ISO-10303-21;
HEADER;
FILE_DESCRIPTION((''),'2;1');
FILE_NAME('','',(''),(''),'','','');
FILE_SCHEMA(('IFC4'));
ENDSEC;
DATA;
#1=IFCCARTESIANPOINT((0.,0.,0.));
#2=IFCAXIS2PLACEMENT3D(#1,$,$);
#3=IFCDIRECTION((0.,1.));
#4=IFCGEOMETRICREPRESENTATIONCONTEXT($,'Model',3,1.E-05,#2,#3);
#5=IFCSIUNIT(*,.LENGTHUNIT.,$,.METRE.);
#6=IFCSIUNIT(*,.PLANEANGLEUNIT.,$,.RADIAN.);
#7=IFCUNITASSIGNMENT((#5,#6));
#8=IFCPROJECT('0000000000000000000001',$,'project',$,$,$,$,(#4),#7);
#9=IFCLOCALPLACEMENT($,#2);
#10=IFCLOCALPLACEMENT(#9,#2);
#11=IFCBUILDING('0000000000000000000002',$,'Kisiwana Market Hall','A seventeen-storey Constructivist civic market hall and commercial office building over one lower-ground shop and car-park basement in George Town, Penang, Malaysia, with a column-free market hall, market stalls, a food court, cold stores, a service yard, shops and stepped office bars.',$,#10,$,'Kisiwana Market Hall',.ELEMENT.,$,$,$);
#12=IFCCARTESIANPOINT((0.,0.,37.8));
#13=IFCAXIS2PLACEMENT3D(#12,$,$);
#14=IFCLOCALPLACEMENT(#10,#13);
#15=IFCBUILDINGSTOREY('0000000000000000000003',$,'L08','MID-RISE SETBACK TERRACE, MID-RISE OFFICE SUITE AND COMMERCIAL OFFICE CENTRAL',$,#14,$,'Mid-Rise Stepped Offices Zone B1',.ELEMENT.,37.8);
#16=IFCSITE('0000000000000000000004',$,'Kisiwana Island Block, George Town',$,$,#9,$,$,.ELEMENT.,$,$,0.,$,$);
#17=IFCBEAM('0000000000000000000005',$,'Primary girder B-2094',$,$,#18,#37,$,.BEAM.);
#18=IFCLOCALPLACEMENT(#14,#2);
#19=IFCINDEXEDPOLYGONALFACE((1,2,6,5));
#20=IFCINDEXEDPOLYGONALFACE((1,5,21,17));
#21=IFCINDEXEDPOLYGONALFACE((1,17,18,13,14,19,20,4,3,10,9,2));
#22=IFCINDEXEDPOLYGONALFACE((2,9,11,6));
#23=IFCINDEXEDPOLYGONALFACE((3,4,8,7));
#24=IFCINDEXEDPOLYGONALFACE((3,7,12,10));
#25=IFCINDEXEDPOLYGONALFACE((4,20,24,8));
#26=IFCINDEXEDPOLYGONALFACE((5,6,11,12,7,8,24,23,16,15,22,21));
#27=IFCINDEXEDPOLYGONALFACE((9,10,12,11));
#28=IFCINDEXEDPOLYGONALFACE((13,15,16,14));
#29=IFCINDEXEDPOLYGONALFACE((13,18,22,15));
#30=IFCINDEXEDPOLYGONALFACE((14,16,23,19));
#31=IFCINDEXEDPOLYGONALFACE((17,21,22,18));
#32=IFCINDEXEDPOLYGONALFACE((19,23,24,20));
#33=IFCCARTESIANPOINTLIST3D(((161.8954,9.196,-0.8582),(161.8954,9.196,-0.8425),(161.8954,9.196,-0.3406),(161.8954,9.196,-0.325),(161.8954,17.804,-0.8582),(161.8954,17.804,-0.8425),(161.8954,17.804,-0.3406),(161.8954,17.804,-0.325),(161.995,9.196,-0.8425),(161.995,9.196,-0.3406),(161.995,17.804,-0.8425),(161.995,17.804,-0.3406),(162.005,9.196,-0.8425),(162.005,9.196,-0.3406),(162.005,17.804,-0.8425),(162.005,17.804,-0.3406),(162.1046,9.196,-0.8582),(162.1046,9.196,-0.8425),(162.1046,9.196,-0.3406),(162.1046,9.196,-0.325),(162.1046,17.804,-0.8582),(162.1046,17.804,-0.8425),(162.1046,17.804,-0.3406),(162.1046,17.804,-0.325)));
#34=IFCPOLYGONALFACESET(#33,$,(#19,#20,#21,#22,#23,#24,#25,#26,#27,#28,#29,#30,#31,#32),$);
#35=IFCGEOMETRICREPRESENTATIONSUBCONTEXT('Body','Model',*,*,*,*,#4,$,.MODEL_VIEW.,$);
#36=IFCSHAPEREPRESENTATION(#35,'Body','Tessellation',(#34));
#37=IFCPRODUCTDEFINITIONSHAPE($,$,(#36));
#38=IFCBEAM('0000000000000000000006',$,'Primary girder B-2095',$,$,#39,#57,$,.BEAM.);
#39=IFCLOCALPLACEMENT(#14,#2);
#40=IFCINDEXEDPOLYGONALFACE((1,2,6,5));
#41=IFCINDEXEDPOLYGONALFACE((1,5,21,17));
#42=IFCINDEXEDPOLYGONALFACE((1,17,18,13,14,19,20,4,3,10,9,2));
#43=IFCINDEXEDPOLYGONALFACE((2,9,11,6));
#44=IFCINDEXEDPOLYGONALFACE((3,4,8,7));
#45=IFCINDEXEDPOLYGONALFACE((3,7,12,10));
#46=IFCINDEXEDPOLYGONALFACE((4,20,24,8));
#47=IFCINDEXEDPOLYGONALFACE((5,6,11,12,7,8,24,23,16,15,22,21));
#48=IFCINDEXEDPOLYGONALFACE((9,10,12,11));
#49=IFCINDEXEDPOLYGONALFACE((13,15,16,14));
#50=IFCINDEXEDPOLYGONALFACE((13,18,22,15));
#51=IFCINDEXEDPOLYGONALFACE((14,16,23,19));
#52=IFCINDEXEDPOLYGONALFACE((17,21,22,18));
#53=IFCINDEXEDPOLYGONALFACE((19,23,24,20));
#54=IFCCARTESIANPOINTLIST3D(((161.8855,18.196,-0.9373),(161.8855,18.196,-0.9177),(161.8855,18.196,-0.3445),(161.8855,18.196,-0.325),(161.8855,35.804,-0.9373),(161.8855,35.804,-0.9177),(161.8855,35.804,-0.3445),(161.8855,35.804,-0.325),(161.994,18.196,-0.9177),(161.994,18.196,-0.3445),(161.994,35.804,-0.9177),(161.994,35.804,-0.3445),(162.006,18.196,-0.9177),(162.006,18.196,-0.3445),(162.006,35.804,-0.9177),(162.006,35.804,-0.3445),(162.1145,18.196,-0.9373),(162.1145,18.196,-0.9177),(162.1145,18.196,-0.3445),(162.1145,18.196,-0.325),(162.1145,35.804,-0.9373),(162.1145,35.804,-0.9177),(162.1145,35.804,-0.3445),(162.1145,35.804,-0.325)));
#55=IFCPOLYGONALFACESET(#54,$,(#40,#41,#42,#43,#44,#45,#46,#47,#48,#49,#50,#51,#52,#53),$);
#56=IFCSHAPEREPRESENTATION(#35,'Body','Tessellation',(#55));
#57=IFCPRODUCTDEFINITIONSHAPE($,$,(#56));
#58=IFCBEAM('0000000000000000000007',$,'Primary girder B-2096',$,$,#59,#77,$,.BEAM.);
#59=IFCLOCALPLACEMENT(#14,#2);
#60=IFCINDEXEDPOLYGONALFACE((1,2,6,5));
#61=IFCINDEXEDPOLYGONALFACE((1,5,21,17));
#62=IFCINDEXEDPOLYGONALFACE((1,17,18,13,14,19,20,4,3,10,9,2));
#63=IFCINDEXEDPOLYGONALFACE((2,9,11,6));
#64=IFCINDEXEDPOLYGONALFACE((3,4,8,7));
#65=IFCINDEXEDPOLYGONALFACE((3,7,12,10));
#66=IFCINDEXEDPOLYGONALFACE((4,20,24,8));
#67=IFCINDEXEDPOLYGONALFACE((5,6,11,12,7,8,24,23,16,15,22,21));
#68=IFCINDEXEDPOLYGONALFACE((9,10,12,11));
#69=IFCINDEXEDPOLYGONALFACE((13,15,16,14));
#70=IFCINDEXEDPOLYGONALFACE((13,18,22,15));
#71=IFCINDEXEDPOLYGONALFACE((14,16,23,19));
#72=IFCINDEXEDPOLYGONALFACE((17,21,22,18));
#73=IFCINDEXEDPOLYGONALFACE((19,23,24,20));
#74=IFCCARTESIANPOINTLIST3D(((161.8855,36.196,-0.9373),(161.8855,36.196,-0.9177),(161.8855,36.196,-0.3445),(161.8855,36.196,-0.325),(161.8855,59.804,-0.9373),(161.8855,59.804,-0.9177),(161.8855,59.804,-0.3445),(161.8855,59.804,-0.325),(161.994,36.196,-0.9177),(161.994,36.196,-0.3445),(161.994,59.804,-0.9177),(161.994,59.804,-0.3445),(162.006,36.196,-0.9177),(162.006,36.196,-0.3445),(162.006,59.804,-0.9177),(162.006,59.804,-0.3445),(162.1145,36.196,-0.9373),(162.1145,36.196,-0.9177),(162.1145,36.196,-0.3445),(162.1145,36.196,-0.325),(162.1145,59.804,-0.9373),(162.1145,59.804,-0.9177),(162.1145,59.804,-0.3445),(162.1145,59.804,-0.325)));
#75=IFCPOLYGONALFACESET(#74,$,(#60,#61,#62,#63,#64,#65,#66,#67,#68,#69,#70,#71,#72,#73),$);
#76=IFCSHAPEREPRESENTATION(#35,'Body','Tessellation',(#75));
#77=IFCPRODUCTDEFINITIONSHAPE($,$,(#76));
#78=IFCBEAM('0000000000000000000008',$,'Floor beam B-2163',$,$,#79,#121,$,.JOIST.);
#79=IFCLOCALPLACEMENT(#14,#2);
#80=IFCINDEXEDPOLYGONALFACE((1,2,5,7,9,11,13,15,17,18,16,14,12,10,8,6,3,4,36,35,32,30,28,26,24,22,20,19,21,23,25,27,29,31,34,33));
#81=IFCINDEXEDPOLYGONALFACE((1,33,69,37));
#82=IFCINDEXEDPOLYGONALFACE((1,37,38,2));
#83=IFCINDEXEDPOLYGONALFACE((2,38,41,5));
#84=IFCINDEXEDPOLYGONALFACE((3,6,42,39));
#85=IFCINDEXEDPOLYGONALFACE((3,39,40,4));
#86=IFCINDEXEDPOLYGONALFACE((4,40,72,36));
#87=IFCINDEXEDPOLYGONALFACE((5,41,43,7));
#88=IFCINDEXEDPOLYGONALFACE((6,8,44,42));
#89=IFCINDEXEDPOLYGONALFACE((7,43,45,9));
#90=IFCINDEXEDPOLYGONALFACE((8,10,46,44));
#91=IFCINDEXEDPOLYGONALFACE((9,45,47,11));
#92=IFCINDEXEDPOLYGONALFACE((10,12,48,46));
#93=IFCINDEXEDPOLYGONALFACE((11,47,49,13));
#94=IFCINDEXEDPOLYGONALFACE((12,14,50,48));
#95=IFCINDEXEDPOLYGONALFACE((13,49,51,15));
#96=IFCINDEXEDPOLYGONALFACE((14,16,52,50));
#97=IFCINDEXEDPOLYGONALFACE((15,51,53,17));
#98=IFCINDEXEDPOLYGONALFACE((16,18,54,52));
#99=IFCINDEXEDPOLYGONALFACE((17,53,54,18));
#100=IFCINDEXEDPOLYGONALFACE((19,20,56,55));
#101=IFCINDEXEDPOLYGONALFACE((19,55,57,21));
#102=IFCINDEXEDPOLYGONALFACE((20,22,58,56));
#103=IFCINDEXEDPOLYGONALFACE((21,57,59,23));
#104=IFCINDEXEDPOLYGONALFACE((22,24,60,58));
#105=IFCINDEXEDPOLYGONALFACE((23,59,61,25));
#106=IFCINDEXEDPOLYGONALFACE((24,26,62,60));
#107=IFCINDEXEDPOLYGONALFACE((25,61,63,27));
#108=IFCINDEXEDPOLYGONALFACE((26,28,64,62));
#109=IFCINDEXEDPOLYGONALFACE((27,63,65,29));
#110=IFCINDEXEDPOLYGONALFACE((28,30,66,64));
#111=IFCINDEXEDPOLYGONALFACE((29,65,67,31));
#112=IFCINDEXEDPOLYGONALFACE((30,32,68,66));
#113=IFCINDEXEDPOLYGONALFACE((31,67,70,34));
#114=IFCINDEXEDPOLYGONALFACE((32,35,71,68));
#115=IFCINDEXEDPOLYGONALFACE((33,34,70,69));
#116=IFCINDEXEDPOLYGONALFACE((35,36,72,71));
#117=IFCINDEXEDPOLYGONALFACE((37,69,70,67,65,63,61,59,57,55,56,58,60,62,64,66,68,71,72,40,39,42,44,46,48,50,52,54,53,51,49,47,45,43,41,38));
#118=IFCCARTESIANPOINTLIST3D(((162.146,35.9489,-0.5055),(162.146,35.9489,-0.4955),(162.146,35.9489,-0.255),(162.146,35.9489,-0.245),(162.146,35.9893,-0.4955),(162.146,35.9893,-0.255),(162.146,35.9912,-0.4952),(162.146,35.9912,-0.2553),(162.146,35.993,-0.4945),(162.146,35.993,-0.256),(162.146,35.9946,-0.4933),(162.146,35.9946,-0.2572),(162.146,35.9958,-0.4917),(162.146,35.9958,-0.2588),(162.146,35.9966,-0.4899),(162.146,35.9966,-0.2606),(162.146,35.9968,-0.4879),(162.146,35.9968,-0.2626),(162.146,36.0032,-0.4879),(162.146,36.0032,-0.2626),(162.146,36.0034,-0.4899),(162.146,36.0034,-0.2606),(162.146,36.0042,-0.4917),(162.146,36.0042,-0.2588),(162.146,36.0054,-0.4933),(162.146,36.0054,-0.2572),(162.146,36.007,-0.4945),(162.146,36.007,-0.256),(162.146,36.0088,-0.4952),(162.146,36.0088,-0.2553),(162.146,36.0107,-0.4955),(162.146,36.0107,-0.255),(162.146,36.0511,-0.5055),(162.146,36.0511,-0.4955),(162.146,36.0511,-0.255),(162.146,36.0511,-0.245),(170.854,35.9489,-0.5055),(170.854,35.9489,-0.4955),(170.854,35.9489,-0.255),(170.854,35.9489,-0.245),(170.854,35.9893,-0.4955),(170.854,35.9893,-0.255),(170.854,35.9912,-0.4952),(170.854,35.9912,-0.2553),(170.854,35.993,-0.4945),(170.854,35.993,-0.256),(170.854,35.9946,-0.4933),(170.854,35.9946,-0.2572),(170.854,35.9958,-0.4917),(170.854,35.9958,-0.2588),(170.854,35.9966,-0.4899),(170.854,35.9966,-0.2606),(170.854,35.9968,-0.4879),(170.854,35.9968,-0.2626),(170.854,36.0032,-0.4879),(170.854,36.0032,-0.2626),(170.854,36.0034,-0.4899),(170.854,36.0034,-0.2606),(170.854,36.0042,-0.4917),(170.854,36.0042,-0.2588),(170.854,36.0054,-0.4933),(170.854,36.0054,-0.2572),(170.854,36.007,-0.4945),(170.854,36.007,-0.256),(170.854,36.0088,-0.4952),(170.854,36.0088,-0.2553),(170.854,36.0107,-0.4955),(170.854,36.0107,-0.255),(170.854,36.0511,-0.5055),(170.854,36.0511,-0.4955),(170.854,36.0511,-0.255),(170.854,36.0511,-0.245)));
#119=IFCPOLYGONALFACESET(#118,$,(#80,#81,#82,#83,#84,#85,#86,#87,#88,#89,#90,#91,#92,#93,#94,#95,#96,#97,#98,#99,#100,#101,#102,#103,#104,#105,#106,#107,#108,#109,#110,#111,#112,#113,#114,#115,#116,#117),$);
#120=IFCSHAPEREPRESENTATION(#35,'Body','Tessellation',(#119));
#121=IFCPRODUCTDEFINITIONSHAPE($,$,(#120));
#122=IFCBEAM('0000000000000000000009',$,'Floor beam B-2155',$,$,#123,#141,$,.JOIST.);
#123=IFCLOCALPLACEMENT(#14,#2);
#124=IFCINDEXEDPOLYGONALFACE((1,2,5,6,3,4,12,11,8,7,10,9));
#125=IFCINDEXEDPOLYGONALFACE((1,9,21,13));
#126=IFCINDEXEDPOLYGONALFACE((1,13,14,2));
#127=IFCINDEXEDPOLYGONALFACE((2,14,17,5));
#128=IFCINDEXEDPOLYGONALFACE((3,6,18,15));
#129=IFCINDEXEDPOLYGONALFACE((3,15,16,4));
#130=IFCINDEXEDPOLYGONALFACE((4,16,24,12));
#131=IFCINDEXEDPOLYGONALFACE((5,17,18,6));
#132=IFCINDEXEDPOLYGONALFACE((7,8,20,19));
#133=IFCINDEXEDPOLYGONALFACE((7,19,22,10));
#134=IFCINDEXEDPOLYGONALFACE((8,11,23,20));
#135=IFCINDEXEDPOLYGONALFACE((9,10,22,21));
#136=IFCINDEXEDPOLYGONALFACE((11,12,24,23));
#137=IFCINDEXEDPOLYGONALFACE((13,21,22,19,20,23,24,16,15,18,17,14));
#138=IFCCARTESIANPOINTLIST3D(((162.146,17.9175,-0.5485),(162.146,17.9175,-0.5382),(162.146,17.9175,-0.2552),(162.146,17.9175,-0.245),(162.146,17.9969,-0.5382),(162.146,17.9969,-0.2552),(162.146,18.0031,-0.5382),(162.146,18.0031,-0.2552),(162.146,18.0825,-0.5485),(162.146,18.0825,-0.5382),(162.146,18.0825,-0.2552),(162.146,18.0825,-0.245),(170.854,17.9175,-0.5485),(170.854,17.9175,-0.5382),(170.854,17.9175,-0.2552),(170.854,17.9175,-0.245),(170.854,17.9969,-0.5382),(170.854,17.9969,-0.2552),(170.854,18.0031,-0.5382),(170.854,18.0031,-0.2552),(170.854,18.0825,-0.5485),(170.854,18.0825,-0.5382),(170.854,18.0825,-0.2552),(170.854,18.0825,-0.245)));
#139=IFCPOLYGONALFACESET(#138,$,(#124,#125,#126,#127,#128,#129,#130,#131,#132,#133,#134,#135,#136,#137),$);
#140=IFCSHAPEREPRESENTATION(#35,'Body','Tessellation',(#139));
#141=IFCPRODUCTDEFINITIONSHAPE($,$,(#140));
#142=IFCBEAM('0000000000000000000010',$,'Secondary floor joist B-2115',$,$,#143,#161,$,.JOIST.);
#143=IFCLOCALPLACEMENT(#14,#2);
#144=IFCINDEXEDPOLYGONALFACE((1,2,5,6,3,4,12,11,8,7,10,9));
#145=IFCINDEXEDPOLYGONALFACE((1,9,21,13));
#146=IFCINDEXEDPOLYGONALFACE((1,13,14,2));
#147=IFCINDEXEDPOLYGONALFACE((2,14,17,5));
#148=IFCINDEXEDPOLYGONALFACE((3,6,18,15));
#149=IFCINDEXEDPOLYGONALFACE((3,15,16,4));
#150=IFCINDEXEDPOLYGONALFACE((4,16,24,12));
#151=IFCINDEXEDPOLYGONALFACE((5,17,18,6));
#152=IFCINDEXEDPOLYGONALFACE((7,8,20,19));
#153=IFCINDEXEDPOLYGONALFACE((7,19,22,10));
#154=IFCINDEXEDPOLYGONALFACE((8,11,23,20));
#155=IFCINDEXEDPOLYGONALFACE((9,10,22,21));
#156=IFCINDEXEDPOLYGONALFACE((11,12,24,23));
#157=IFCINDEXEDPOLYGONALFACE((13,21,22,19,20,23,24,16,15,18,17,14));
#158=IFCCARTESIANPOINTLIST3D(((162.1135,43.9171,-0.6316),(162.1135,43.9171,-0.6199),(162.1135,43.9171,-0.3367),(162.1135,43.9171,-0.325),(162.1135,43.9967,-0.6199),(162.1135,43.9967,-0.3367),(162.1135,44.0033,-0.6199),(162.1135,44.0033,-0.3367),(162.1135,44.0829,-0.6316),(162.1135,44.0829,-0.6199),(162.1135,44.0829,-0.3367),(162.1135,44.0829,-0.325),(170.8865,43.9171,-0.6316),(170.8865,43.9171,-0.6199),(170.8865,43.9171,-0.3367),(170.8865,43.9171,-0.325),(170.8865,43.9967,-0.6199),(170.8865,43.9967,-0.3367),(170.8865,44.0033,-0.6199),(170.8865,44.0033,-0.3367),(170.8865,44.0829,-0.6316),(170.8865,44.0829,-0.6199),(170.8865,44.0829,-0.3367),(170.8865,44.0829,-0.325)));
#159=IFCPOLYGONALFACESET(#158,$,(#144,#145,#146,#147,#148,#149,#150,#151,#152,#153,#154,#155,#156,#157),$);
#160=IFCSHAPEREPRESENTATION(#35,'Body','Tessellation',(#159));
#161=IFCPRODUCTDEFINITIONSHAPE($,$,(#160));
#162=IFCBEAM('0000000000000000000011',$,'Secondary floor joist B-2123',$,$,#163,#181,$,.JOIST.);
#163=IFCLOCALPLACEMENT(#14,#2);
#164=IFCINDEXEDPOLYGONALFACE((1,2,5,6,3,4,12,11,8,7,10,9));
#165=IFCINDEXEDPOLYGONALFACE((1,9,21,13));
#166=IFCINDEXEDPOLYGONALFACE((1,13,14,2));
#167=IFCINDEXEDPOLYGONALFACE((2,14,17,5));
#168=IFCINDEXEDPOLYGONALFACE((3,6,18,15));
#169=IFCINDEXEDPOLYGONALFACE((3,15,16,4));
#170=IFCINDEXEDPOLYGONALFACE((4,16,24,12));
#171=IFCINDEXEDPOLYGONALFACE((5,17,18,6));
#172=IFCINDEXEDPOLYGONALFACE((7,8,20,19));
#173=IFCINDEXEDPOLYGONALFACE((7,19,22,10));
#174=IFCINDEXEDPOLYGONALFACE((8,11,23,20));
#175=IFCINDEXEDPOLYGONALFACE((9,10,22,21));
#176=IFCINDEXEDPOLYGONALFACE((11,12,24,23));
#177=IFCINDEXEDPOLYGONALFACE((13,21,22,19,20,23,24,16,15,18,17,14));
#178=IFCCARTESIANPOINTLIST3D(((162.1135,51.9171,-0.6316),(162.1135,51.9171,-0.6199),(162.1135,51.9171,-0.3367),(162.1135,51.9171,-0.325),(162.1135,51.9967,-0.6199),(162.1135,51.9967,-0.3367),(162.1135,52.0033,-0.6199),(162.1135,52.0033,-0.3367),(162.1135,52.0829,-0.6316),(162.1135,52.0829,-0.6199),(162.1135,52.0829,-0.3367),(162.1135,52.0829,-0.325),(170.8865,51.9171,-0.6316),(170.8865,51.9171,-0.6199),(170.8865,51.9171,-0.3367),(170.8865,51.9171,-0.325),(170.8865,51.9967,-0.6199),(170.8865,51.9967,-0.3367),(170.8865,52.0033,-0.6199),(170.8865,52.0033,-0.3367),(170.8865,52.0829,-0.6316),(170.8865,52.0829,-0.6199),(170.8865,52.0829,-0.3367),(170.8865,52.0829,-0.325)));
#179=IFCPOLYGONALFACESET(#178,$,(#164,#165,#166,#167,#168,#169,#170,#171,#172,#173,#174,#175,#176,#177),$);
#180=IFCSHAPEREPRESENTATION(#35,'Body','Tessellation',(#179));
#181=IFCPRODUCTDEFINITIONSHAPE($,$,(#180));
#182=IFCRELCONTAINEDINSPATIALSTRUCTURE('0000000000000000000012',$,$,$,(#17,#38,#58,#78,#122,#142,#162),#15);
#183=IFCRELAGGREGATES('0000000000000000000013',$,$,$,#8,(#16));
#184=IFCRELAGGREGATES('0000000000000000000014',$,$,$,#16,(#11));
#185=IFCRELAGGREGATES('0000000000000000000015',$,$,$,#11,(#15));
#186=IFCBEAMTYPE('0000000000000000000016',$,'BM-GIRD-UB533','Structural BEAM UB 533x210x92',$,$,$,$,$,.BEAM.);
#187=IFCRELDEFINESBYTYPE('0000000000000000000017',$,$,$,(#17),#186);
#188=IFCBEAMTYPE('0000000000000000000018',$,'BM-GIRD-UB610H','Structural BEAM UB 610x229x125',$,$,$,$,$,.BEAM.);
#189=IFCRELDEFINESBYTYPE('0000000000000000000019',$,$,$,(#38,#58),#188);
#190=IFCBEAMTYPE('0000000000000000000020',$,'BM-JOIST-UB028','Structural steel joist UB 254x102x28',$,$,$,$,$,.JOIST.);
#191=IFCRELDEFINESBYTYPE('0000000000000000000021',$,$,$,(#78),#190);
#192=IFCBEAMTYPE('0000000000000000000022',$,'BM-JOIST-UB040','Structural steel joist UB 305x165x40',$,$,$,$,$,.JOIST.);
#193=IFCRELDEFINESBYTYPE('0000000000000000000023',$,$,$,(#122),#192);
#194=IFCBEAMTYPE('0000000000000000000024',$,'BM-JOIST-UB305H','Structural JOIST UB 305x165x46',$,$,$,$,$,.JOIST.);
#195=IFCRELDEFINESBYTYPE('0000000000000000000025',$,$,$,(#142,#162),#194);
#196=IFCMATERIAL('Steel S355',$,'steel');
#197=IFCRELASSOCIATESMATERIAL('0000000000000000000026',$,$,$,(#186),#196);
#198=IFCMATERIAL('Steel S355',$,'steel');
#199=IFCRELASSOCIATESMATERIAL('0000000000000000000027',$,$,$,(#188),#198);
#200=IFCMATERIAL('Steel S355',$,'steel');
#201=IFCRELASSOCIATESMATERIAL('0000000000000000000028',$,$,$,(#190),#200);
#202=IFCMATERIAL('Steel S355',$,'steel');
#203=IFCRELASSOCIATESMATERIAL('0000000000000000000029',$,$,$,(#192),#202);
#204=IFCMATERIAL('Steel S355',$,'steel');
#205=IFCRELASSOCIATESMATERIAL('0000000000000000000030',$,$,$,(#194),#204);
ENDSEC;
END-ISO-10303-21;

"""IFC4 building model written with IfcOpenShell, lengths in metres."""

from ifc_helpers import new_model, si_unit, direction, frame, origin, origin_2d, place, context, subcontext, project, spatial, i_section, extrude, material, material_profile, profile_set, type_object, element, save


model = new_model("IFC4")

# Units and contexts
model_context = context("Model", 3, precision=1e-05, world=origin(), true_north=direction((0.0, 1.0)))
body_context = subcontext(model_context, "Body", "Model", "MODEL_VIEW")
ifc_project = project(units=[si_unit("LENGTHUNIT", "METRE"), si_unit("PLANEANGLEUNIT", "RADIAN")], contexts=[model_context])

# Site, building, storey
site_placement = place(None, origin())
site = spatial("IfcSite", under=ifc_project, at=site_placement, Name="Kisiwana Island Block, George Town", CompositionType="ELEMENT", RefElevation=0.0)
building_placement = place(site_placement, origin())
building = spatial("IfcBuilding", under=site, at=building_placement, Name="Kisiwana Market Hall", Description="A seventeen-storey Constructivist civic market hall and commercial office building over one lower-ground shop and car-park basement in George Town, Penang, Malaysia, with a column-free market hall, market stalls, a food court, cold stores, a service yard, shops and stepped office bars.", LongName="Kisiwana Market Hall", CompositionType="ELEMENT")
storey_placement = place(building_placement, frame((0.0, 0.0, 37.8)))
storey = spatial("IfcBuildingStorey", under=building, at=storey_placement, Name="L08", Description="MID-RISE SETBACK TERRACE, MID-RISE OFFICE SUITE AND COMMERCIAL OFFICE CENTRAL", LongName="Mid-Rise Stepped Offices Zone B1", CompositionType="ELEMENT", Elevation=37.8)

# Beams
ifc_material_1 = material(Name="Steel S355", Category="steel")
ifc_material_profile_1 = material_profile(ifc_material_1, i_section(OverallWidth=0.2092, OverallDepth=0.5332, WebThickness=0.01, FlangeThickness=0.0156, at=origin_2d()), Name="UB 533x210x92")
ifc_profile_set_1 = profile_set([ifc_material_profile_1], Name="Steel S355")
beam_type_1 = type_object("IfcBeamType", Name="BM-GIRD-UB533", Description="Structural BEAM UB 533x210x92", PredefinedType="BEAM", material=ifc_profile_set_1)
beam_1_placement = place(storey_placement, frame((162.0, 9.196, -0.5916), z_axis=(0.0, 1.0, 0.0), x_axis=(-1.0, 0.0, 0.0)))
element("IfcBeam", 1, at=beam_1_placement, inside=storey, type_object=beam_type_1, Name="Primary girder B-2094", PredefinedType="BEAM", context=body_context, shape_type="SweptSolid", body=[
    extrude(i_section(OverallWidth=0.2092, OverallDepth=0.5332, WebThickness=0.01, FlangeThickness=0.0156, at=origin_2d()), origin(), (0.0, 0.0, 1.0), 8.6079),
])
ifc_material_2 = material(Name="Steel S355", Category="steel")
ifc_material_profile_2 = material_profile(ifc_material_2, i_section(OverallWidth=0.229, OverallDepth=0.6123, WebThickness=0.012, FlangeThickness=0.0195, at=origin_2d()), Name="UB 610x229x125")
ifc_profile_set_2 = profile_set([ifc_material_profile_2], Name="Steel S355")
beam_type_2 = type_object("IfcBeamType", Name="BM-GIRD-UB610H", Description="Structural BEAM UB 610x229x125", PredefinedType="BEAM", material=ifc_profile_set_2)
beam_2_placement = place(storey_placement, frame((162.0, 18.196, -0.6311), z_axis=(0.0, 1.0, 0.0), x_axis=(-1.0, 0.0, 0.0)))
element("IfcBeam", 2, at=beam_2_placement, inside=storey, type_object=beam_type_2, Name="Primary girder B-2095", PredefinedType="BEAM", context=body_context, shape_type="SweptSolid", body=[
    extrude(i_section(OverallWidth=0.229, OverallDepth=0.6123, WebThickness=0.012, FlangeThickness=0.0195, at=origin_2d()), origin(), (0.0, 0.0, 1.0), 17.6079),
])
beam_3_placement = place(storey_placement, frame((162.0, 36.196, -0.6311), z_axis=(0.0, 1.0, 0.0), x_axis=(-1.0, 0.0, 0.0)))
element("IfcBeam", 3, at=beam_3_placement, inside=storey, type_object=beam_type_2, Name="Primary girder B-2096", PredefinedType="BEAM", context=body_context, shape_type="SweptSolid", body=[
    extrude(i_section(OverallWidth=0.229, OverallDepth=0.6123, WebThickness=0.012, FlangeThickness=0.0195, at=origin_2d()), origin(), (0.0, 0.0, 1.0), 23.6079),
])
ifc_material_3 = material(Name="Steel S355", Category="steel")
ifc_material_profile_3 = material_profile(ifc_material_3, i_section(OverallWidth=0.1023, OverallDepth=0.2605, WebThickness=0.0063, FlangeThickness=0.01, FilletRadius=0.0076, at=origin_2d()), Name="UB 254x102x28")
ifc_profile_set_3 = profile_set([ifc_material_profile_3], Name="Steel S355")
beam_type_3 = type_object("IfcBeamType", Name="BM-JOIST-UB028", Description="Structural steel joist UB 254x102x28", PredefinedType="JOIST", material=ifc_profile_set_3)
beam_4_placement = place(storey_placement, frame((162.146, 36.0, -0.3752), z_axis=(1.0, 0.0, 0.0), x_axis=(0.0, 1.0, 0.0)))
element("IfcBeam", 4, at=beam_4_placement, inside=storey, type_object=beam_type_3, Name="Floor beam B-2163", PredefinedType="JOIST", context=body_context, shape_type="SweptSolid", body=[
    extrude(i_section(OverallWidth=0.1023, OverallDepth=0.2605, WebThickness=0.0063, FlangeThickness=0.01, FilletRadius=0.0076, at=origin_2d()), origin(), (0.0, 0.0, 1.0), 8.708),
])
ifc_material_4 = material(Name="Steel S355", Category="steel")
ifc_material_profile_4 = material_profile(ifc_material_4, i_section(OverallWidth=0.165, OverallDepth=0.3035, WebThickness=0.0061, FlangeThickness=0.0103, at=origin_2d()), Name="UB 305x165x40")
ifc_profile_set_4 = profile_set([ifc_material_profile_4], Name="Steel S355")
beam_type_4 = type_object("IfcBeamType", Name="BM-JOIST-UB040", Description="Structural steel joist UB 305x165x40", PredefinedType="JOIST", material=ifc_profile_set_4)
beam_5_placement = place(storey_placement, frame((162.146, 18.0, -0.3967), z_axis=(1.0, 0.0, 0.0), x_axis=(0.0, 1.0, 0.0)))
element("IfcBeam", 5, at=beam_5_placement, inside=storey, type_object=beam_type_4, Name="Floor beam B-2155", PredefinedType="JOIST", context=body_context, shape_type="SweptSolid", body=[
    extrude(i_section(OverallWidth=0.165, OverallDepth=0.3035, WebThickness=0.0061, FlangeThickness=0.0103, at=origin_2d()), origin(), (0.0, 0.0, 1.0), 8.708),
])
ifc_material_5 = material(Name="Steel S355", Category="steel")
ifc_material_profile_5 = material_profile(ifc_material_5, i_section(OverallWidth=0.1658, OverallDepth=0.3066, WebThickness=0.0066, FlangeThickness=0.0117, at=origin_2d()), Name="UB 305x165x46")
ifc_profile_set_5 = profile_set([ifc_material_profile_5], Name="Steel S355")
beam_type_5 = type_object("IfcBeamType", Name="BM-JOIST-UB305H", Description="Structural JOIST UB 305x165x46", PredefinedType="JOIST", material=ifc_profile_set_5)
for number, where, z_axis, x_axis, name in (
    (6, (162.1135, 44.0, -0.4783), (1.0, 0.0, 0.0), (0.0, 1.0, 0.0), "Secondary floor joist B-2115"),
    (7, (162.1135, 52.0, -0.4783), (1.0, 0.0, 0.0), (0.0, 1.0, 0.0), "Secondary floor joist B-2123"),
):
    element("IfcBeam", number, at=place(storey_placement, frame(where, z_axis=z_axis, x_axis=x_axis)), inside=storey, type_object=beam_type_5, Name=name, PredefinedType="JOIST", context=body_context, shape_type="SweptSolid", body=[
        extrude(i_section(OverallWidth=0.1658, OverallDepth=0.3066, WebThickness=0.0066, FlangeThickness=0.0117, at=origin_2d()), origin(), (0.0, 0.0, 1.0), 8.7729),
    ])

save(model, "model.ifc")
